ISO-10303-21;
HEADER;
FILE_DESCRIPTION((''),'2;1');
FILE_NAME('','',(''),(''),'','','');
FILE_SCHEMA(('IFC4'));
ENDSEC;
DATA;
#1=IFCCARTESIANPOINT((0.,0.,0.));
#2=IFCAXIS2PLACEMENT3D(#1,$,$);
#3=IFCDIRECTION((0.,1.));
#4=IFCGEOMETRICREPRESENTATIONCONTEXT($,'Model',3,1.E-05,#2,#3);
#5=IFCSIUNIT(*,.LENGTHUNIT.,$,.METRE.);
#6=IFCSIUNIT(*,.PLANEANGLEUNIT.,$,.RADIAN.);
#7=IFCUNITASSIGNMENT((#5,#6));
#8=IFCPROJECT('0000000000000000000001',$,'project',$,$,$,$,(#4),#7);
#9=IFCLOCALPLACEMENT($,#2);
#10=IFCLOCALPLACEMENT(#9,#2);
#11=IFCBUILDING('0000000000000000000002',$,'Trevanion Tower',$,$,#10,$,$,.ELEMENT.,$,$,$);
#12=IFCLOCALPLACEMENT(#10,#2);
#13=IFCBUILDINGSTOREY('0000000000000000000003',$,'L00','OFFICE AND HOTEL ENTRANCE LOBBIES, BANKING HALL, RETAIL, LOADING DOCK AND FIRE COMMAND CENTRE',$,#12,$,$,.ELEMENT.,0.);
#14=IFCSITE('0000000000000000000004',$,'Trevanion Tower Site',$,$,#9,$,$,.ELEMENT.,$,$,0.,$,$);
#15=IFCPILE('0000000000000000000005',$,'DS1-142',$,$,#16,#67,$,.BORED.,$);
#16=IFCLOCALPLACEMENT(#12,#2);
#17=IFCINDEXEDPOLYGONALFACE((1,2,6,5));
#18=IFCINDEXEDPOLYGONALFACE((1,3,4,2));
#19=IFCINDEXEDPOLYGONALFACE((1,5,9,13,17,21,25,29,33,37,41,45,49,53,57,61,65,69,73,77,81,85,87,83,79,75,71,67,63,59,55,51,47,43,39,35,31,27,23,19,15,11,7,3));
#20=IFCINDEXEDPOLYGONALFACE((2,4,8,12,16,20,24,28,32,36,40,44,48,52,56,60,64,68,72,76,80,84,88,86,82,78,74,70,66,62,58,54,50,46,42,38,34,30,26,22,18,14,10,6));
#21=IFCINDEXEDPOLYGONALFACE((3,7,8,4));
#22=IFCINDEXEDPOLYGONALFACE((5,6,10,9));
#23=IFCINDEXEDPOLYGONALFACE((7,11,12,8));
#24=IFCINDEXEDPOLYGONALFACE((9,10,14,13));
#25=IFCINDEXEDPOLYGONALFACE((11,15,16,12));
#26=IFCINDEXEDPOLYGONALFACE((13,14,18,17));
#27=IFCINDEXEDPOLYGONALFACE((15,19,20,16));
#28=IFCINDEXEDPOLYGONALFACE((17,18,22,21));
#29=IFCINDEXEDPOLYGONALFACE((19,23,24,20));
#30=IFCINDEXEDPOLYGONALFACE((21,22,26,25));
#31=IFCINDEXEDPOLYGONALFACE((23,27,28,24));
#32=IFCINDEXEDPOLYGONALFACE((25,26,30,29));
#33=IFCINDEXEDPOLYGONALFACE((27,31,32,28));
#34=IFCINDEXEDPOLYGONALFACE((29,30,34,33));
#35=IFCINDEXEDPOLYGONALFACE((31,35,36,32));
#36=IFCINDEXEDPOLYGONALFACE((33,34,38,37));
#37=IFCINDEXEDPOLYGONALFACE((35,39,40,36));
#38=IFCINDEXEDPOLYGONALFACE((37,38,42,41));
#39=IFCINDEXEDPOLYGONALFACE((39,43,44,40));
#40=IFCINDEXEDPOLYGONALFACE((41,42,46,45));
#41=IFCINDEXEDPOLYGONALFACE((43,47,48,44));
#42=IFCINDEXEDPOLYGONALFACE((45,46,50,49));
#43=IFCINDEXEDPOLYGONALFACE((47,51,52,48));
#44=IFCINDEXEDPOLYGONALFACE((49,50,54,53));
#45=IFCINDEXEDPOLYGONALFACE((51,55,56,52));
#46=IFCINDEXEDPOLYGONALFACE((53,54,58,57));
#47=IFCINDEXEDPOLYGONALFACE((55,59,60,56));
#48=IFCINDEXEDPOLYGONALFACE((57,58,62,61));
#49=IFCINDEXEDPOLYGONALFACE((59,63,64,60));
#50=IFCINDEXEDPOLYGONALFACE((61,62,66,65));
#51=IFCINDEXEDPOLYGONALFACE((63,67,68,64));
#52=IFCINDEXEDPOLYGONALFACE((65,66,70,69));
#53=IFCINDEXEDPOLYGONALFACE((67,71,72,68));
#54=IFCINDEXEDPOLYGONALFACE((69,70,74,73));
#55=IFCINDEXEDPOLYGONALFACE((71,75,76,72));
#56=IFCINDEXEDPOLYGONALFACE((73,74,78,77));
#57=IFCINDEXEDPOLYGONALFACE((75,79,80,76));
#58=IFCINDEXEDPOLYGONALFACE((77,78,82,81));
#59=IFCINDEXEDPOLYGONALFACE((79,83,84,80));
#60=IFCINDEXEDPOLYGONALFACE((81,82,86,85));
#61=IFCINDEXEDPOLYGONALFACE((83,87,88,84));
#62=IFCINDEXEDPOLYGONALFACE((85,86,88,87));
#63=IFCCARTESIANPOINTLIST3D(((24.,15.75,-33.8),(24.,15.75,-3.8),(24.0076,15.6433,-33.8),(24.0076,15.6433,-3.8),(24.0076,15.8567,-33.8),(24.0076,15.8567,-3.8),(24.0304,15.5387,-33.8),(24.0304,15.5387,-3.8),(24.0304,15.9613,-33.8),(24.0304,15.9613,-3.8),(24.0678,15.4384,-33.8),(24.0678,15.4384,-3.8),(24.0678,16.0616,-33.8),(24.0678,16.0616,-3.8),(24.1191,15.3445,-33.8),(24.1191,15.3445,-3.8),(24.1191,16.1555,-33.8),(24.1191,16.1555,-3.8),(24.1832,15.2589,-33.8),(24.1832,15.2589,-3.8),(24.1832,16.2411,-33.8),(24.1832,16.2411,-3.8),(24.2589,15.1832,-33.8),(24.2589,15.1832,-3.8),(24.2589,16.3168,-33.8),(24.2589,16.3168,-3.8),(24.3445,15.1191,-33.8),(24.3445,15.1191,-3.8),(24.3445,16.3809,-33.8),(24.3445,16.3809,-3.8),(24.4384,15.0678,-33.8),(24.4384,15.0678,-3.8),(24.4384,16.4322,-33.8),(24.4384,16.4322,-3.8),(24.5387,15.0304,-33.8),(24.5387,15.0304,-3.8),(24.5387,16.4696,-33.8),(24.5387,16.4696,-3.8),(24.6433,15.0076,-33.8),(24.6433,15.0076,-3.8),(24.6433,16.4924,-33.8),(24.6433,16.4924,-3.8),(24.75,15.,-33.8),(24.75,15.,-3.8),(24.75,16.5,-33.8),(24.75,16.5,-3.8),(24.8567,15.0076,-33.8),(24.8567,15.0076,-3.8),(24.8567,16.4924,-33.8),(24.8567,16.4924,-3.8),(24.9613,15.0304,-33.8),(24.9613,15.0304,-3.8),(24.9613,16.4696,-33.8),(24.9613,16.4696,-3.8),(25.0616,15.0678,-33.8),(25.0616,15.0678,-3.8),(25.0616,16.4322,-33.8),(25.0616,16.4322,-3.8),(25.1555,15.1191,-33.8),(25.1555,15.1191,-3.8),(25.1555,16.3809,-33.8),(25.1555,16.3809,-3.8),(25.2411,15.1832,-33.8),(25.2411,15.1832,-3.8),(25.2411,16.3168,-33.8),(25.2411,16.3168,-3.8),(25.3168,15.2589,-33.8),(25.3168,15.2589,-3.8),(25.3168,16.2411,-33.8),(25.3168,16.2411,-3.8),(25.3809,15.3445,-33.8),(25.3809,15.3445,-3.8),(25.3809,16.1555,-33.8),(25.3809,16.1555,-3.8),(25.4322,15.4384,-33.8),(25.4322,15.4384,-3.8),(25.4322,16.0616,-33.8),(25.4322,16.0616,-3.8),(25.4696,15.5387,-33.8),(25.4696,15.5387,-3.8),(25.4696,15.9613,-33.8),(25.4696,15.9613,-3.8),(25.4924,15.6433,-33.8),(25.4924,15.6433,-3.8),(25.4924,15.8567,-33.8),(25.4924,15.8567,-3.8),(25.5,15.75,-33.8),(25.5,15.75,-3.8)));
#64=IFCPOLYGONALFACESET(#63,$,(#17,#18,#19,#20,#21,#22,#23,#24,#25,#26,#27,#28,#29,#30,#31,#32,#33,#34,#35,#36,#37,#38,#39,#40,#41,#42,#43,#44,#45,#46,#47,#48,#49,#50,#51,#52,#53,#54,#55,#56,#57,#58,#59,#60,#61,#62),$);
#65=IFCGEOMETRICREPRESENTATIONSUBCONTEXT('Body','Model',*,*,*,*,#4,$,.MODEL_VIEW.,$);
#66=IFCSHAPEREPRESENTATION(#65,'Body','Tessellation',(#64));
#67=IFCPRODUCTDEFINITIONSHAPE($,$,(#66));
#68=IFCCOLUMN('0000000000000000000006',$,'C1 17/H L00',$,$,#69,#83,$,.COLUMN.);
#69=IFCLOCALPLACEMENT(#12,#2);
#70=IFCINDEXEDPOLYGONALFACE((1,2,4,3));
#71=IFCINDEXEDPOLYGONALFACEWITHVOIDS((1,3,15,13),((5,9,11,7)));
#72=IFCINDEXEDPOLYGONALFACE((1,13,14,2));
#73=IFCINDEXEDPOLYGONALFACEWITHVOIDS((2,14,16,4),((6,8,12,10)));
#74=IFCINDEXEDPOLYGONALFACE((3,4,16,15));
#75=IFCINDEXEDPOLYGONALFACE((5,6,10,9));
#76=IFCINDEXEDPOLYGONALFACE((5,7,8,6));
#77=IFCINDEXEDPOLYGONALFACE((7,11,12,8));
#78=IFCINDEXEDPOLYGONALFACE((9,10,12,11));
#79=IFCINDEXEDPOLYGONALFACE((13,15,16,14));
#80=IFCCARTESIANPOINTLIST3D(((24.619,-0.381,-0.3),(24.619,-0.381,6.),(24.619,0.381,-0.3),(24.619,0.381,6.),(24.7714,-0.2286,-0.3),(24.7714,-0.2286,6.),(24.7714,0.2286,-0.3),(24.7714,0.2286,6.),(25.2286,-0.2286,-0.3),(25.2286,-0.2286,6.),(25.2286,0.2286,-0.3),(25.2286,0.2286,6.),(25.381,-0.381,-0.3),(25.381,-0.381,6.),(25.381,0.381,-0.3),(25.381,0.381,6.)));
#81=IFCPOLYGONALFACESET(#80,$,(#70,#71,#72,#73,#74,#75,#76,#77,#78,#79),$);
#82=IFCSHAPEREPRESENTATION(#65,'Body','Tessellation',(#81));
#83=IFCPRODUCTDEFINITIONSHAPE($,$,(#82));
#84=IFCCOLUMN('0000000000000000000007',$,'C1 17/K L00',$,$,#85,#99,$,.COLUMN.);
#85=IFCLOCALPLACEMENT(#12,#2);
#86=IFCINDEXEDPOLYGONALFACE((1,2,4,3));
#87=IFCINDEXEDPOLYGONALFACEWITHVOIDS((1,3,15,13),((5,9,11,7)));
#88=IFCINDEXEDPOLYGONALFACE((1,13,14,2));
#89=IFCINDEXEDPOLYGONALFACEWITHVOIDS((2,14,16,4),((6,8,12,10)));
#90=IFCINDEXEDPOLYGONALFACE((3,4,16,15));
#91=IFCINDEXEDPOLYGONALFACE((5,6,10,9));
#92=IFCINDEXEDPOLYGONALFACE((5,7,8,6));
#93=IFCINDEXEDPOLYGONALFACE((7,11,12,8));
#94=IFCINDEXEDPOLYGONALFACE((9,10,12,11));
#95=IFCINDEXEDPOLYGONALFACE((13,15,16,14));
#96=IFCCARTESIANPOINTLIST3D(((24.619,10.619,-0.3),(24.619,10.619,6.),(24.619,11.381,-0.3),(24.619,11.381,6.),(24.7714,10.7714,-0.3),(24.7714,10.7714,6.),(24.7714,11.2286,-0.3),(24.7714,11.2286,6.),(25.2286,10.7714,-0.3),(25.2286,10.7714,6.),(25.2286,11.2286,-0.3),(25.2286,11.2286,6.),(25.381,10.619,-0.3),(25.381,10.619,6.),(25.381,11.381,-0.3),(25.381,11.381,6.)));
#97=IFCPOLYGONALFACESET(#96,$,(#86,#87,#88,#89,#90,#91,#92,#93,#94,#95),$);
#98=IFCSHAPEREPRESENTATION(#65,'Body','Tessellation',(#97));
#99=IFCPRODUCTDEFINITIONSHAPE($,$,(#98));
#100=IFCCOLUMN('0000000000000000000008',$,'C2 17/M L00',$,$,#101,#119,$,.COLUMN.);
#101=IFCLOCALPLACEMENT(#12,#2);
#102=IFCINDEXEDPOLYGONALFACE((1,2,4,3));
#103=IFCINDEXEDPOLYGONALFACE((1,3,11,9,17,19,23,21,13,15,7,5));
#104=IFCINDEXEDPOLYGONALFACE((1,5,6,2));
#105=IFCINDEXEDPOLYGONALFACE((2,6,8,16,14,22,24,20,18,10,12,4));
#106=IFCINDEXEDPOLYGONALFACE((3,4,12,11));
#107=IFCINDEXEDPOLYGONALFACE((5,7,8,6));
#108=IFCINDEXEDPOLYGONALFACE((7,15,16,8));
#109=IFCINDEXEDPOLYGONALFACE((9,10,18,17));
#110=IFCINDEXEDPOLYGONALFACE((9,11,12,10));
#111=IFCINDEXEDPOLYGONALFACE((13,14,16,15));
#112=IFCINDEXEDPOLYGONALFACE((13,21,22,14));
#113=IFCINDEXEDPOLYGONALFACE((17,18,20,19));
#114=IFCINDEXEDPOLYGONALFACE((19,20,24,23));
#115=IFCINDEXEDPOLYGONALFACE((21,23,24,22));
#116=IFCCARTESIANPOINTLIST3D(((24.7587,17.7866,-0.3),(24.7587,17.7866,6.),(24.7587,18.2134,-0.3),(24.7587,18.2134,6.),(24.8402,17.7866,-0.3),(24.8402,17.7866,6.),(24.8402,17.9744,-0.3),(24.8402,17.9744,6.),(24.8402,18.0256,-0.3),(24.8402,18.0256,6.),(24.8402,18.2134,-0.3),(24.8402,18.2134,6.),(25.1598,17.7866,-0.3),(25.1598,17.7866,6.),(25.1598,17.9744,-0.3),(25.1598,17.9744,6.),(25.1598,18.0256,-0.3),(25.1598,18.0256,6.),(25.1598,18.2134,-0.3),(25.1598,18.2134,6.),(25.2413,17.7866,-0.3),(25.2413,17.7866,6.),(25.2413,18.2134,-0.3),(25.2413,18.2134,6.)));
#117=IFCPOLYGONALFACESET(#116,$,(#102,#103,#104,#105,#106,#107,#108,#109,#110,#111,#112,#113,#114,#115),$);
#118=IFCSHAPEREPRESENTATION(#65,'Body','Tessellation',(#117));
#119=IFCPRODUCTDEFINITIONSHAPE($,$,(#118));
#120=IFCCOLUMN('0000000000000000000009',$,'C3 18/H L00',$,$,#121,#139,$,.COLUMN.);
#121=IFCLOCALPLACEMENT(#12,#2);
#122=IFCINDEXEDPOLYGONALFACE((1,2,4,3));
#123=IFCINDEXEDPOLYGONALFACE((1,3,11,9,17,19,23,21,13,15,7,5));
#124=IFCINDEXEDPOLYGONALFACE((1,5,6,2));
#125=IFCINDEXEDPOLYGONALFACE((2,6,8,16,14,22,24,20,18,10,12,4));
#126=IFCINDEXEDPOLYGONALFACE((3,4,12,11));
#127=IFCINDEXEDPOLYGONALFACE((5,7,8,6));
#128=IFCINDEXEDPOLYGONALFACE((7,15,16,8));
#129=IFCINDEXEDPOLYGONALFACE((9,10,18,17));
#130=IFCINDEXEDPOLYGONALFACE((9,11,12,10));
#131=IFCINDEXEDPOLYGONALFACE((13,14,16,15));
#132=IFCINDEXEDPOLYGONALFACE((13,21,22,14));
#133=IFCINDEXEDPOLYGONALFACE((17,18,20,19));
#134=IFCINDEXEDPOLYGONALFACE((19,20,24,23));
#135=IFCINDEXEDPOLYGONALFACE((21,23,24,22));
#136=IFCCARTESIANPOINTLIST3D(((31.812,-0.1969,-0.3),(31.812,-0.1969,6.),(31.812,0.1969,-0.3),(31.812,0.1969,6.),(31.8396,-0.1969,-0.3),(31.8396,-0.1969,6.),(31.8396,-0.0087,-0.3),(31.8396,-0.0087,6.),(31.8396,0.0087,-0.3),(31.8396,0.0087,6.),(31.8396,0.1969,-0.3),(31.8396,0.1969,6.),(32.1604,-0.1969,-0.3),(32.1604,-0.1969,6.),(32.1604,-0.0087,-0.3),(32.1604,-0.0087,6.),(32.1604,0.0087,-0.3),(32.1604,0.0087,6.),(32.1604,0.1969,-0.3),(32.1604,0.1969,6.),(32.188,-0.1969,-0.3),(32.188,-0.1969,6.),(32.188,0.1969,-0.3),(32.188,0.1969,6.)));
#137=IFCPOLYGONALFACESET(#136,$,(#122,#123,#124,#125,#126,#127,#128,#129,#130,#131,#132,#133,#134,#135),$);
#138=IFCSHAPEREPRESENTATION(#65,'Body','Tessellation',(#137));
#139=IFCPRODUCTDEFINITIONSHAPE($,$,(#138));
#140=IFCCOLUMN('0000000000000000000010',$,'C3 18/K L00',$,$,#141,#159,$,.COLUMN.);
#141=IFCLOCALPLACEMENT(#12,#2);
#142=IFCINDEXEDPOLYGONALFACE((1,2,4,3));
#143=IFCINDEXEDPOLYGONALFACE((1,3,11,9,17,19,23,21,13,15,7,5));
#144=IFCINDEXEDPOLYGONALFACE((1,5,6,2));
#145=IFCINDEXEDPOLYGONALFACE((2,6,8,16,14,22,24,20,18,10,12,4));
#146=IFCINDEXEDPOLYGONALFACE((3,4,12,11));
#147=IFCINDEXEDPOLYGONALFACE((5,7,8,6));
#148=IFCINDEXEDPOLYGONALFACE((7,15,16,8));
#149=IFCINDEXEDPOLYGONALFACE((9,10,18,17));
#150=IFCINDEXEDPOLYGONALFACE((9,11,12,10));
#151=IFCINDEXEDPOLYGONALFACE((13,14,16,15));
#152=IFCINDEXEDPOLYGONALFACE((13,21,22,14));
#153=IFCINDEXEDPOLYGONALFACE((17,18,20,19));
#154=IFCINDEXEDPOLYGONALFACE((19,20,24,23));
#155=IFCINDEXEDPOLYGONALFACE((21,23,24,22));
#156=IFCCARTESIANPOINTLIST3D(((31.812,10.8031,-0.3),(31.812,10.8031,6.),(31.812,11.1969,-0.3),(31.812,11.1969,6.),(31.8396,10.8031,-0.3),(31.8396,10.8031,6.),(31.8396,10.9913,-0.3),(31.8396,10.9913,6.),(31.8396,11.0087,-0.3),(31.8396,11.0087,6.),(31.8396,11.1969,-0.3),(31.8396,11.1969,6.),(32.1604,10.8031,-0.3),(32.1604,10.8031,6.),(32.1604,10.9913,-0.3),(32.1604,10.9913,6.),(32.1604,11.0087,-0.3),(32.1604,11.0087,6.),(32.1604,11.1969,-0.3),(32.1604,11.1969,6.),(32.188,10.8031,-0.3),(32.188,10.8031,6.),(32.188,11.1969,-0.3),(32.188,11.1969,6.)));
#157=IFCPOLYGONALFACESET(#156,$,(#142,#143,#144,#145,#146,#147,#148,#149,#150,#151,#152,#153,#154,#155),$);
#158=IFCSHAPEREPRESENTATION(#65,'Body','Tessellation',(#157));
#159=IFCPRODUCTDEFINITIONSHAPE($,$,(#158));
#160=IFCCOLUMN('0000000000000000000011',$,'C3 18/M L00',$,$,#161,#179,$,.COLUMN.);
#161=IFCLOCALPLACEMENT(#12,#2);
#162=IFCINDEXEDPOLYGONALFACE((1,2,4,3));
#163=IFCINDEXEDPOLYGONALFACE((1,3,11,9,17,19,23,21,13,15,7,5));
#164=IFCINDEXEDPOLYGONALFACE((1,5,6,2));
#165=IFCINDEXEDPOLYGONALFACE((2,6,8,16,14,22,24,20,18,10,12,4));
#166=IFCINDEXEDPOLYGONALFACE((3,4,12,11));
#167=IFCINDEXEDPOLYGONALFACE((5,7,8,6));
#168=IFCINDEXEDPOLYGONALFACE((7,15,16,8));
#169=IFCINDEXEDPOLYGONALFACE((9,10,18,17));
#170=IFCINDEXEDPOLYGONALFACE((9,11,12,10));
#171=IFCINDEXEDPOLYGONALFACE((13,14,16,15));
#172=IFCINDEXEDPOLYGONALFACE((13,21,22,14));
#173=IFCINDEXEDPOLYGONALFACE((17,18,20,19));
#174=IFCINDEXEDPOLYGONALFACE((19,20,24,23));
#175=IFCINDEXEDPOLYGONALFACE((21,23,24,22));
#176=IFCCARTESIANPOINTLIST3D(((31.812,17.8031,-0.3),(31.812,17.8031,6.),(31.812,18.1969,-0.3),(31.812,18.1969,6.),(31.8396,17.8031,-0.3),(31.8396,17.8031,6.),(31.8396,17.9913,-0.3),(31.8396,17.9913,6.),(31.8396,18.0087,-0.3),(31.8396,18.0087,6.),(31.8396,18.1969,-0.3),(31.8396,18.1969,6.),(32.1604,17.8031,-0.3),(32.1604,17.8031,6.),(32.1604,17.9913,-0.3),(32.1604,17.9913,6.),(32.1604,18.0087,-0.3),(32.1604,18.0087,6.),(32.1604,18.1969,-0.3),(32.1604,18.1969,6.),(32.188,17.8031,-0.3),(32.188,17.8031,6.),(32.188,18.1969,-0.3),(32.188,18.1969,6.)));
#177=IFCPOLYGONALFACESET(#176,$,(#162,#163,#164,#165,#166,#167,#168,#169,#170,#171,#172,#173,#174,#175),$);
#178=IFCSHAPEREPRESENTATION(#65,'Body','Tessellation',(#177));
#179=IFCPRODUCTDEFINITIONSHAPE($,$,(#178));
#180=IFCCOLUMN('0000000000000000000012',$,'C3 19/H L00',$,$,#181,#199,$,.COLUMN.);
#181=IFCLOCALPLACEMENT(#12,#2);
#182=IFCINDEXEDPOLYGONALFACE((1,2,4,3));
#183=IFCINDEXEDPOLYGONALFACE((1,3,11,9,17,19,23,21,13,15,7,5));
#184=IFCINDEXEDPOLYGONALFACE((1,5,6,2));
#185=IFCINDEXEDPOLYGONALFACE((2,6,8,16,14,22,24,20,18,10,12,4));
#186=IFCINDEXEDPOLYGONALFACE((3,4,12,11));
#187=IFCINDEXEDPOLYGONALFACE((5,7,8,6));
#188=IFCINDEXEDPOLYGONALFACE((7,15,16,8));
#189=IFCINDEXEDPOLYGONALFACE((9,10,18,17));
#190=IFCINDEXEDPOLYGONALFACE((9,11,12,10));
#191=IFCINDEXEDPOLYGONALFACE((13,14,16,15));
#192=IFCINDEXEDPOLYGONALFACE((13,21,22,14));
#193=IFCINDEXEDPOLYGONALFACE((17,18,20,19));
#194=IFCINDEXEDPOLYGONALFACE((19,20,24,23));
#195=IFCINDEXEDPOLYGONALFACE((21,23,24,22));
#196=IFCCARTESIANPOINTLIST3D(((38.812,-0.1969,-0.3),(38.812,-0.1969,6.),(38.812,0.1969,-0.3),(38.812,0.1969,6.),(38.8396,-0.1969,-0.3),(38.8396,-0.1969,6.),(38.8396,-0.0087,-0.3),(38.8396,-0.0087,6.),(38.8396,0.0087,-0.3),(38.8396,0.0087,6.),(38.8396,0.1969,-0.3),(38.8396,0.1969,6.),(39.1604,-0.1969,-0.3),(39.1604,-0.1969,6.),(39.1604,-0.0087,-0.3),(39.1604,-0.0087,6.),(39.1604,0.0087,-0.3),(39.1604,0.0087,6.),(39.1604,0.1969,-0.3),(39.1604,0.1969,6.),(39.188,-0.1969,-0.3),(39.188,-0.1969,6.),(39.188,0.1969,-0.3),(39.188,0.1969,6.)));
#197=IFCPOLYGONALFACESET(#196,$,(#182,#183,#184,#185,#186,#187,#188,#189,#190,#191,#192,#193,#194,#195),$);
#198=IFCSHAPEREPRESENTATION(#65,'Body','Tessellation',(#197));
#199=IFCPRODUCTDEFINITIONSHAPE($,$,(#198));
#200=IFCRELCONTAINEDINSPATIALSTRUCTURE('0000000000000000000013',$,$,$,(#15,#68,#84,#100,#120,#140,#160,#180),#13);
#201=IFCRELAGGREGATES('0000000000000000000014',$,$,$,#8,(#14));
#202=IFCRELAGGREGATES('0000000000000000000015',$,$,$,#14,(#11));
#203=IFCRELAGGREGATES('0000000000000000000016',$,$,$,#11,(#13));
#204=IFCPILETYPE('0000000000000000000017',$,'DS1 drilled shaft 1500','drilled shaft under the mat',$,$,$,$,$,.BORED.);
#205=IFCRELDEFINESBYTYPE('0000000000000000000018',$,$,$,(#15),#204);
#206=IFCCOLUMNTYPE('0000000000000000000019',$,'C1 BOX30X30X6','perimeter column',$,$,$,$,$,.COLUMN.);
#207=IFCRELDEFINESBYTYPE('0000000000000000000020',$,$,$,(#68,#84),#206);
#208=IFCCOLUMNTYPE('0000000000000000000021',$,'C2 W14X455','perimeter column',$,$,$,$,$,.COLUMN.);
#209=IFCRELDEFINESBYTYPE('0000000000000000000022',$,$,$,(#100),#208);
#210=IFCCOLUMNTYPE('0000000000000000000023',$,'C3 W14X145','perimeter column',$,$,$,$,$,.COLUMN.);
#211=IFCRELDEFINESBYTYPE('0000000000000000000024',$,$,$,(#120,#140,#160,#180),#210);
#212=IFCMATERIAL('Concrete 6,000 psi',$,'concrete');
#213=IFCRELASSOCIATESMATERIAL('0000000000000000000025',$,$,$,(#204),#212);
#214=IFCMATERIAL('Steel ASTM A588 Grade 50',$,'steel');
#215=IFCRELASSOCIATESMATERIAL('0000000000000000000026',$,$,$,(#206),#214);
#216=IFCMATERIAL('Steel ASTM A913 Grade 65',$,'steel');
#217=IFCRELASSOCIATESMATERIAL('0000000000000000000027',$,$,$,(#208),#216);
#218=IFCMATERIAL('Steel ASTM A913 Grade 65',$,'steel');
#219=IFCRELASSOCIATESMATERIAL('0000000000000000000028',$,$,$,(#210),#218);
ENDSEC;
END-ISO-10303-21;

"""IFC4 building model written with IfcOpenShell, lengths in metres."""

from ifc_helpers import new_model, si_unit, direction, frame, origin, origin_2d, place, context, subcontext, project, spatial, hollow_rectangle, circle, i_section, extrude, material, material_profile, profile_set, type_object, element, save


model = new_model("IFC4")

# Units and contexts
model_context = context("Model", 3, precision=1e-05, world=origin(), true_north=direction((0.0, 1.0)))
body_context = subcontext(model_context, "Body", "Model", "MODEL_VIEW")
ifc_project = project(units=[si_unit("LENGTHUNIT", "METRE"), si_unit("PLANEANGLEUNIT", "RADIAN")], contexts=[model_context])

# Site, building, storey
site_placement = place(None, origin())
site = spatial("IfcSite", under=ifc_project, at=site_placement, Name="Trevanion Tower Site", CompositionType="ELEMENT", RefElevation=0.0)
building_placement = place(site_placement, origin())
building = spatial("IfcBuilding", under=site, at=building_placement, Name="Trevanion Tower", CompositionType="ELEMENT")
storey_placement = place(building_placement, origin())
storey = spatial("IfcBuildingStorey", under=building, at=storey_placement, Name="L00", Description="OFFICE AND HOTEL ENTRANCE LOBBIES, BANKING HALL, RETAIL, LOADING DOCK AND FIRE COMMAND CENTRE", CompositionType="ELEMENT", Elevation=0.0)

# Pile
ifc_material_1 = material(Name="Concrete 6,000 psi", Category="concrete")
ifc_material_profile_1 = material_profile(ifc_material_1, circle(Radius=0.75, at=origin_2d()), Name="DS1 drilled shaft 1500")
ifc_profile_set_1 = profile_set([ifc_material_profile_1], Name="Concrete 6,000 psi")
pile_type_1 = type_object("IfcPileType", Name="DS1 drilled shaft 1500", Description="drilled shaft under the mat", PredefinedType="BORED", material=ifc_profile_set_1)
for number, where, z_axis, x_axis, name in (
    (1, (24.75, 15.75, -3.8), (0.0, 0.0, -1.0), (1.0, 0.0, 0.0), "DS1-142"),
):
    element("IfcPile", number, at=place(storey_placement, frame(where, z_axis=z_axis, x_axis=x_axis)), inside=storey, type_object=pile_type_1, Name=name, PredefinedType="BORED", context=body_context, shape_type="SweptSolid", body=[
        extrude(circle(Radius=0.75, at=origin_2d()), origin(), (0.0, 0.0, 1.0), 30.0),
    ])

# Columns
ifc_material_2 = material(Name="Steel ASTM A588 Grade 50", Category="steel")
ifc_material_profile_2 = material_profile(ifc_material_2, hollow_rectangle(XDim=0.762, YDim=0.762, WallThickness=0.1523, at=origin_2d()), Name="BOX30X30X6")
ifc_profile_set_2 = profile_set([ifc_material_profile_2], Name="Steel ASTM A588 Grade 50")
column_type_1 = type_object("IfcColumnType", Name="C1 BOX30X30X6", Description="perimeter column", PredefinedType="COLUMN", material=ifc_profile_set_2)
for number, where, z_axis, x_axis, name in (
    (2, (25.0, 0.0, -0.3), (0.0, 0.0, 1.0), (0.0, 1.0, 0.0), "C1 17/H L00"),
    (3, (25.0, 11.0, -0.3), (0.0, 0.0, 1.0), (0.0, 1.0, 0.0), "C1 17/K L00"),
):
    element("IfcColumn", number, at=place(storey_placement, frame(where, z_axis=z_axis, x_axis=x_axis)), inside=storey, type_object=column_type_1, Name=name, PredefinedType="COLUMN", context=body_context, shape_type="SweptSolid", body=[
        extrude(hollow_rectangle(XDim=0.762, YDim=0.762, WallThickness=0.1523, at=origin_2d()), origin(), (0.0, 0.0, 1.0), 6.3),
    ])
ifc_material_3 = material(Name="Steel ASTM A913 Grade 65", Category="steel")
ifc_material_profile_3 = material_profile(ifc_material_3, i_section(OverallWidth=0.4268, OverallDepth=0.4827, WebThickness=0.0513, FlangeThickness=0.0815, at=origin_2d()), Name="W14X455")
ifc_profile_set_3 = profile_set([ifc_material_profile_3], Name="Steel ASTM A913 Grade 65")
column_type_2 = type_object("IfcColumnType", Name="C2 W14X455", Description="perimeter column", PredefinedType="COLUMN", material=ifc_profile_set_3)
column_placement = place(storey_placement, frame((25.0, 18.0, -0.3), z_axis=(0.0, 0.0, 1.0), x_axis=(0.0, 1.0, 0.0)))
element("IfcColumn", 4, at=column_placement, inside=storey, type_object=column_type_2, Name="C2 17/M L00", PredefinedType="COLUMN", context=body_context, shape_type="SweptSolid", body=[
    extrude(i_section(OverallWidth=0.4268, OverallDepth=0.4827, WebThickness=0.0513, FlangeThickness=0.0815, at=origin_2d()), origin(), (0.0, 0.0, 1.0), 6.3),
])
ifc_material_4 = material(Name="Steel ASTM A913 Grade 65", Category="steel")
ifc_material_profile_4 = material_profile(ifc_material_4, i_section(OverallWidth=0.3938, OverallDepth=0.376, WebThickness=0.0173, FlangeThickness=0.0276, at=origin_2d()), Name="W14X145")
ifc_profile_set_4 = profile_set([ifc_material_profile_4], Name="Steel ASTM A913 Grade 65")
column_type_3 = type_object("IfcColumnType", Name="C3 W14X145", Description="perimeter column", PredefinedType="COLUMN", material=ifc_profile_set_4)
for number, where, z_axis, x_axis, name in (
    (5, (32.0, 0.0, -0.3), (0.0, 0.0, 1.0), (0.0, 1.0, 0.0), "C3 18/H L00"),
    (6, (32.0, 11.0, -0.3), (0.0, 0.0, 1.0), (0.0, 1.0, 0.0), "C3 18/K L00"),
    (7, (32.0, 18.0, -0.3), (0.0, 0.0, 1.0), (0.0, 1.0, 0.0), "C3 18/M L00"),
    (8, (39.0, 0.0, -0.3), (0.0, 0.0, 1.0), (0.0, 1.0, 0.0), "C3 19/H L00"),
):
    element("IfcColumn", number, at=place(storey_placement, frame(where, z_axis=z_axis, x_axis=x_axis)), inside=storey, type_object=column_type_3, Name=name, PredefinedType="COLUMN", context=body_context, shape_type="SweptSolid", body=[
        extrude(i_section(OverallWidth=0.3938, OverallDepth=0.376, WebThickness=0.0173, FlangeThickness=0.0276, at=origin_2d()), origin(), (0.0, 0.0, 1.0), 6.3),
    ])

save(model, "model.ifc")
